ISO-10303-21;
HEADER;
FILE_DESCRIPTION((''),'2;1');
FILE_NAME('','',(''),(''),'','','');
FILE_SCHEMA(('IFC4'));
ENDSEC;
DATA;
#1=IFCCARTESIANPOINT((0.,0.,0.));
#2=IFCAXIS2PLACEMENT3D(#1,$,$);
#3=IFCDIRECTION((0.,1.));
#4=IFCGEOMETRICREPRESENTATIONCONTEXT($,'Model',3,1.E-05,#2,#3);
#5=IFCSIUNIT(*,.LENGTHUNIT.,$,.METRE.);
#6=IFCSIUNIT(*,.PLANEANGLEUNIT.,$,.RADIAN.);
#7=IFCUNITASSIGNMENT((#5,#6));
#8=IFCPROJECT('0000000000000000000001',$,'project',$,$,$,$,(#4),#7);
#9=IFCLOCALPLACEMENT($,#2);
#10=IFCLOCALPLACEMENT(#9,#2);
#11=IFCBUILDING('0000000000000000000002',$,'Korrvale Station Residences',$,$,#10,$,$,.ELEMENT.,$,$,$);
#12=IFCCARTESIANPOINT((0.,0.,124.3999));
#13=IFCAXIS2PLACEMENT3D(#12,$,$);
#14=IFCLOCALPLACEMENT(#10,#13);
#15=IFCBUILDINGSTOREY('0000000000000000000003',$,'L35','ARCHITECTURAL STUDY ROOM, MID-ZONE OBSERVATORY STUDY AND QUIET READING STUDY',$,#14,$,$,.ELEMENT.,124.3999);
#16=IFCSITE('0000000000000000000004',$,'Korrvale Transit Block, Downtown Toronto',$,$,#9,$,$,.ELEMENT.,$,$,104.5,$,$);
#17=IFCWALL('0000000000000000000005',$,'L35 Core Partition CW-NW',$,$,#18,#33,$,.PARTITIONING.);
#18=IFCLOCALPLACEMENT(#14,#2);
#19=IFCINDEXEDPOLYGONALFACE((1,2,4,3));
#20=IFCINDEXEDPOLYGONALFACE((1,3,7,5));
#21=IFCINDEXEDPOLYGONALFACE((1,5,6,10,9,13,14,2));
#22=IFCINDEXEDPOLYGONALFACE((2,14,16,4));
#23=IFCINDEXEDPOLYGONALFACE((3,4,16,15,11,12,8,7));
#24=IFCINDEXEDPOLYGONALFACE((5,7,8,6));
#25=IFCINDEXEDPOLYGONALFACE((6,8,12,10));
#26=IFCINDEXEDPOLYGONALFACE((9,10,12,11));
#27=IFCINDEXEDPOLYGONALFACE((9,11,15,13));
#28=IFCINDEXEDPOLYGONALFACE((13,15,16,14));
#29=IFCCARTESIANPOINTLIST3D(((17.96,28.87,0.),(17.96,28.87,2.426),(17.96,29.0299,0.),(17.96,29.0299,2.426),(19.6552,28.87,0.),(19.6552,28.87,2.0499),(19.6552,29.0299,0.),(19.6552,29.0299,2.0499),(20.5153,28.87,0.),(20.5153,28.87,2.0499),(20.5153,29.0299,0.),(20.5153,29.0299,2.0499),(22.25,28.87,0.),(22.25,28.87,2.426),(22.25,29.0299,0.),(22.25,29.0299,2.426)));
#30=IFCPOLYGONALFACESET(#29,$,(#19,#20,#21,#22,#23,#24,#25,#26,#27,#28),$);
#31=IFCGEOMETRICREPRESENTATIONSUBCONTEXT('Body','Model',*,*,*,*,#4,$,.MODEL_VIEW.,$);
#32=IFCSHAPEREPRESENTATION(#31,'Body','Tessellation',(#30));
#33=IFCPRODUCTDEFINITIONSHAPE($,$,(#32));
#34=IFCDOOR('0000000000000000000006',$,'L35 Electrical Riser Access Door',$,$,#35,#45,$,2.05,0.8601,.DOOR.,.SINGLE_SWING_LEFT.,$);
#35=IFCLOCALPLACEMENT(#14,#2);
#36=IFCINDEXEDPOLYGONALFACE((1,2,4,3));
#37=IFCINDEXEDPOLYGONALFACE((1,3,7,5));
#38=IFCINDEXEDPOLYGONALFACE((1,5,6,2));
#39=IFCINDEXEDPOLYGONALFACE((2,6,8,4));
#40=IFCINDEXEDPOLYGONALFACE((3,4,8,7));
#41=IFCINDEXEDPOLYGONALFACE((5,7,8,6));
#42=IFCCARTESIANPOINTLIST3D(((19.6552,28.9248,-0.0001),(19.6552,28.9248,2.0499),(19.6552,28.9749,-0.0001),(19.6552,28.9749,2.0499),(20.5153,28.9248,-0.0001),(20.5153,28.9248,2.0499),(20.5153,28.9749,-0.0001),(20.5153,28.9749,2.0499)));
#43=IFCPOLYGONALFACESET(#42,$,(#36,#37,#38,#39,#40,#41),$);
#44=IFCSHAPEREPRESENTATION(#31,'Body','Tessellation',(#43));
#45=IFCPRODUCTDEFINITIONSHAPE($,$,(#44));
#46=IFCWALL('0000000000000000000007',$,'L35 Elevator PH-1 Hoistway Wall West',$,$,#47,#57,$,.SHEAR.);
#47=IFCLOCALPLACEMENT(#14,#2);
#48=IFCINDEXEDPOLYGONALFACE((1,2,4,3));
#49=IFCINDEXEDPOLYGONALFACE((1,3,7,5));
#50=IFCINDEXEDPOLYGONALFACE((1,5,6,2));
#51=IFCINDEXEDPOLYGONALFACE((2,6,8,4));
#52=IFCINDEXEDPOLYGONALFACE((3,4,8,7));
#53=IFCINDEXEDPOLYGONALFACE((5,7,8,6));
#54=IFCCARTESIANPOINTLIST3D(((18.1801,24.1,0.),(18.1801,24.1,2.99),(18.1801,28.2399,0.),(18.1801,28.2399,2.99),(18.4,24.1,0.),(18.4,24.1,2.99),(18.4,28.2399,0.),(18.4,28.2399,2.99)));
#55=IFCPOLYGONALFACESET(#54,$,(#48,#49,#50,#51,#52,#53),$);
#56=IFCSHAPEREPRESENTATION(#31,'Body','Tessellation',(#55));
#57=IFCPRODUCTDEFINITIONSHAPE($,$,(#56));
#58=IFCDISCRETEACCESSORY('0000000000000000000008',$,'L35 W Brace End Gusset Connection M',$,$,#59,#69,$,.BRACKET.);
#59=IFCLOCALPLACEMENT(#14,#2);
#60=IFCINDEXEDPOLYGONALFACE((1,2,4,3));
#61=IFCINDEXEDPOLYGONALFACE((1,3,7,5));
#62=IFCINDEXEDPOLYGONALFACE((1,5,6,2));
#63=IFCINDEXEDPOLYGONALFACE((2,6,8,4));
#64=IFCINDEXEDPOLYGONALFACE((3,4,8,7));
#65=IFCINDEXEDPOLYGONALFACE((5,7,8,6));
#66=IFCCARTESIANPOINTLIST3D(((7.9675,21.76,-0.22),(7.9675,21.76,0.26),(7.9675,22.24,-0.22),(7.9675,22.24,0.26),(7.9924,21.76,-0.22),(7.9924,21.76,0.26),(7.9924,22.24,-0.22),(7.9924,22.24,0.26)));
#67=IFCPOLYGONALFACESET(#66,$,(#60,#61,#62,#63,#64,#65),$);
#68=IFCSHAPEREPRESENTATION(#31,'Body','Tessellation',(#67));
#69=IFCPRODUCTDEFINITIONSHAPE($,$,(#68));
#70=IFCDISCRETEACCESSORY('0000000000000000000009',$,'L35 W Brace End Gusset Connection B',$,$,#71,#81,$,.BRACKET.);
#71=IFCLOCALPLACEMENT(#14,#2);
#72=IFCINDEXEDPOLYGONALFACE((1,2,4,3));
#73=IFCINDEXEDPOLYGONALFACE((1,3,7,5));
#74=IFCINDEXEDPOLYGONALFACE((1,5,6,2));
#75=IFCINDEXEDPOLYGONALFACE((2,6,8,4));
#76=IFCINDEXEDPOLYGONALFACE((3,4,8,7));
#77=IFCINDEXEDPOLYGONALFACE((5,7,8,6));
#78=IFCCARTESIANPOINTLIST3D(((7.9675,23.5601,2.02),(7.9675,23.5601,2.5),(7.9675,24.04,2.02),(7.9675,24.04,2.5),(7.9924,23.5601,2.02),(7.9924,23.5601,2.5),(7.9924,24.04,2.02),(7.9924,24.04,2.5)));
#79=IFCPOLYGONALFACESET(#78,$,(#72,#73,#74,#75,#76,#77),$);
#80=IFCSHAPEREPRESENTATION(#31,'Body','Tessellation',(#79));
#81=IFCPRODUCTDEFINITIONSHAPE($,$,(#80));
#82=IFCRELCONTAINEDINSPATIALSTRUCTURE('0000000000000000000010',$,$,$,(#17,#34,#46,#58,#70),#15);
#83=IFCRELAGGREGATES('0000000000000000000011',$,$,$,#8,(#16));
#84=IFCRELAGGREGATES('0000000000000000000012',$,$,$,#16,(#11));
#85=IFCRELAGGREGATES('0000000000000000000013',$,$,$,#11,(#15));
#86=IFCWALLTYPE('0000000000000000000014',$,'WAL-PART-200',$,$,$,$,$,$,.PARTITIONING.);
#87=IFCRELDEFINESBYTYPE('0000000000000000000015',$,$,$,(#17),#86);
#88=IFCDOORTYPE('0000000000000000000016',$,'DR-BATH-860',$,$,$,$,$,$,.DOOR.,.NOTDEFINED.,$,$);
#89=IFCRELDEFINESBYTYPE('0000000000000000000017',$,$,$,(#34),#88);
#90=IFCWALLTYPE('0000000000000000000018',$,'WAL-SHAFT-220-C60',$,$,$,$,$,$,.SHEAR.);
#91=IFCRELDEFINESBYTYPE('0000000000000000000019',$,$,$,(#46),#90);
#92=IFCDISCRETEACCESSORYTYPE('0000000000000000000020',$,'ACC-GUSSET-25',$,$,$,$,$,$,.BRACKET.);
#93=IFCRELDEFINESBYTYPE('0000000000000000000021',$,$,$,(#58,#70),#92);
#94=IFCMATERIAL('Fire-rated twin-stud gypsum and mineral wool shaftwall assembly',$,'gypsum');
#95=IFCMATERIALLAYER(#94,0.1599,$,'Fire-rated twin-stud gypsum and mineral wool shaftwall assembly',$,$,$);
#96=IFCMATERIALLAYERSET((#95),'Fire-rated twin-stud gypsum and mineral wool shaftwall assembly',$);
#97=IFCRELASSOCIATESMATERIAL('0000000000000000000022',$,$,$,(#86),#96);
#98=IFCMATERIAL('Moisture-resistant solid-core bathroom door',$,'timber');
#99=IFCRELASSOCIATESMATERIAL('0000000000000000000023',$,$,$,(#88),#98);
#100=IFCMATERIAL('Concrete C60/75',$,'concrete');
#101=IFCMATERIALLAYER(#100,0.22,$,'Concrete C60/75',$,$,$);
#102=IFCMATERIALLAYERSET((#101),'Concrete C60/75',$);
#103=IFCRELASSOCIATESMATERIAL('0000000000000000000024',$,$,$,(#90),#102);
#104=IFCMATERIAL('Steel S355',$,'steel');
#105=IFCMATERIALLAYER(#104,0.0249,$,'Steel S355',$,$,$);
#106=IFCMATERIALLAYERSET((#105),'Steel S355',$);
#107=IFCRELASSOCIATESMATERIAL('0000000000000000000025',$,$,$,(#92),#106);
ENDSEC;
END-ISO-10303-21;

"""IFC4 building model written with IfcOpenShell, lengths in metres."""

from ifc_helpers import new_model, si_unit, direction, frame, frame_2d, origin, origin_2d, place, context, subcontext, project, spatial, rectangle, extrude, material, layer, layer_set, type_object, element, fill, save


model = new_model("IFC4")

# Units and contexts
model_context = context("Model", 3, precision=1e-05, world=origin(), true_north=direction((0.0, 1.0)))
body_context = subcontext(model_context, "Body", "Model", "MODEL_VIEW")
ifc_project = project(units=[si_unit("LENGTHUNIT", "METRE"), si_unit("PLANEANGLEUNIT", "RADIAN")], contexts=[model_context])

# Site, building, storey
site_placement = place(None, origin())
site = spatial("IfcSite", under=ifc_project, at=site_placement, Name="Korrvale Transit Block, Downtown Toronto", CompositionType="ELEMENT", RefElevation=104.5)
building_placement = place(site_placement, origin())
building = spatial("IfcBuilding", under=site, at=building_placement, Name="Korrvale Station Residences", CompositionType="ELEMENT")
storey_placement = place(building_placement, frame((0.0, 0.0, 124.3999)))
storey = spatial("IfcBuildingStorey", under=building, at=storey_placement, Name="L35", Description="ARCHITECTURAL STUDY ROOM, MID-ZONE OBSERVATORY STUDY AND QUIET READING STUDY", CompositionType="ELEMENT", Elevation=124.3999)

# Shared definitions
ifc_material_1 = material(Name="Concrete C60/75", Category="concrete")

# Shared definitions
ifc_material_2 = material(Name="Steel S355", Category="steel")

# Shared definitions
ifc_material_3 = material(Name="Fire-rated twin-stud gypsum and mineral wool shaftwall assembly", Category="gypsum")
ifc_layer_1 = layer(ifc_material_3, 0.1599, Name="Fire-rated twin-stud gypsum and mineral wool shaftwall assembly")
ifc_layer_set_1 = layer_set([ifc_layer_1], Name="Fire-rated twin-stud gypsum and mineral wool shaftwall assembly")
wall_type_1 = type_object("IfcWallType", Name="WAL-PART-200", PredefinedType="PARTITIONING", material=ifc_layer_set_1)

# Wall, opening, door
wall_1_placement = place(storey_placement, frame((17.96, 28.95, 0.0), z_axis=(0.0, 0.0, 1.0), x_axis=(1.0, 0.0, 0.0)))
wall_1 = element("IfcWall", 1, at=wall_1_placement, inside=storey, type_object=wall_type_1, Name="L35 Core Partition CW-NW", PredefinedType="PARTITIONING", context=body_context, shape_type="SweptSolid", body=[
    extrude(rectangle(XDim=4.29, YDim=0.1599, at=frame_2d((2.145, 0.0))), origin(), (0.0, 0.0, 1.0), 2.426),
])
opening_placement = place(wall_1_placement, frame((1.6951, 0.0, 0.0)))
opening = element("IfcOpeningElement", 2, at=opening_placement, cuts=wall_1, PredefinedType="OPENING", context=body_context, shape_type="SweptSolid", body=[
    extrude(rectangle(XDim=0.8601, YDim=2.05, at=frame_2d((0.4302, 1.0249))), frame((0.0, 0.0898, 0.0), z_axis=(0.0, -1.0, 0.0), x_axis=(1.0, 0.0, 0.0)), (0.0, 0.0, 1.0), 0.1799),
])
ifc_material_4 = material(Name="Moisture-resistant solid-core bathroom door", Category="timber")
door_type = type_object("IfcDoorType", Name="DR-BATH-860", OperationType="NOTDEFINED", PredefinedType="DOOR", material=ifc_material_4)
door_placement = place(opening_placement, origin())
door = element("IfcDoor", 3, at=door_placement, inside=storey, type_object=door_type, Name="L35 Electrical Riser Access Door", OperationType="SINGLE_SWING_LEFT", OverallHeight=2.05, OverallWidth=0.8601, PredefinedType="DOOR", context=body_context, shape_type="SweptSolid", body=[
    extrude(rectangle(XDim=0.8601, YDim=2.05, at=frame_2d((0.4302, 1.0249))), frame((0.0, 0.0249, 0.0), z_axis=(0.0, -1.0, 0.0), x_axis=(1.0, 0.0, 0.0)), (0.0, 0.0, 1.0), 0.05),
])
fill(opening, door)

# Wall
ifc_layer_2 = layer(ifc_material_1, 0.22, Name="Concrete C60/75")
ifc_layer_set_2 = layer_set([ifc_layer_2], Name="Concrete C60/75")
wall_type_2 = type_object("IfcWallType", Name="WAL-SHAFT-220-C60", PredefinedType="SHEAR", material=ifc_layer_set_2)
wall_2_placement = place(storey_placement, frame((18.29, 24.1001, 0.0), z_axis=(0.0, 0.0, 1.0), x_axis=(0.0, 1.0, 0.0)))
element("IfcWall", 4, at=wall_2_placement, inside=storey, type_object=wall_type_2, Name="L35 Elevator PH-1 Hoistway Wall West", PredefinedType="SHEAR", context=body_context, shape_type="SweptSolid", body=[
    extrude(rectangle(XDim=4.1399, YDim=0.22, at=frame_2d((2.0698, 0.0))), origin(), (0.0, 0.0, 1.0), 2.99),
])

# Discrete accessories
ifc_layer_3 = layer(ifc_material_2, 0.0249, Name="Steel S355")
ifc_layer_set_3 = layer_set([ifc_layer_3], Name="Steel S355")
discrete_accessory_type = type_object("IfcDiscreteAccessoryType", Name="ACC-GUSSET-25", PredefinedType="BRACKET", material=ifc_layer_set_3)
for number, where, z_axis, x_axis, name in (
    (5, (7.98, 22.0, -0.22), (0.0, 0.0, 1.0), (0.0, 1.0, 0.0), "L35 W Brace End Gusset Connection M"),
    (6, (7.98, 23.8, 2.02), (0.0, 0.0, 1.0), (0.0, 1.0, 0.0), "L35 W Brace End Gusset Connection B"),
):
    element("IfcDiscreteAccessory", number, at=place(storey_placement, frame(where, z_axis=z_axis, x_axis=x_axis)), inside=storey, type_object=discrete_accessory_type, Name=name, PredefinedType="BRACKET", context=body_context, shape_type="SweptSolid", body=[
        extrude(rectangle(XDim=0.48, YDim=0.0249, at=origin_2d()), origin(), (0.0, 0.0, 1.0), 0.48),
    ])

save(model, "model.ifc")
